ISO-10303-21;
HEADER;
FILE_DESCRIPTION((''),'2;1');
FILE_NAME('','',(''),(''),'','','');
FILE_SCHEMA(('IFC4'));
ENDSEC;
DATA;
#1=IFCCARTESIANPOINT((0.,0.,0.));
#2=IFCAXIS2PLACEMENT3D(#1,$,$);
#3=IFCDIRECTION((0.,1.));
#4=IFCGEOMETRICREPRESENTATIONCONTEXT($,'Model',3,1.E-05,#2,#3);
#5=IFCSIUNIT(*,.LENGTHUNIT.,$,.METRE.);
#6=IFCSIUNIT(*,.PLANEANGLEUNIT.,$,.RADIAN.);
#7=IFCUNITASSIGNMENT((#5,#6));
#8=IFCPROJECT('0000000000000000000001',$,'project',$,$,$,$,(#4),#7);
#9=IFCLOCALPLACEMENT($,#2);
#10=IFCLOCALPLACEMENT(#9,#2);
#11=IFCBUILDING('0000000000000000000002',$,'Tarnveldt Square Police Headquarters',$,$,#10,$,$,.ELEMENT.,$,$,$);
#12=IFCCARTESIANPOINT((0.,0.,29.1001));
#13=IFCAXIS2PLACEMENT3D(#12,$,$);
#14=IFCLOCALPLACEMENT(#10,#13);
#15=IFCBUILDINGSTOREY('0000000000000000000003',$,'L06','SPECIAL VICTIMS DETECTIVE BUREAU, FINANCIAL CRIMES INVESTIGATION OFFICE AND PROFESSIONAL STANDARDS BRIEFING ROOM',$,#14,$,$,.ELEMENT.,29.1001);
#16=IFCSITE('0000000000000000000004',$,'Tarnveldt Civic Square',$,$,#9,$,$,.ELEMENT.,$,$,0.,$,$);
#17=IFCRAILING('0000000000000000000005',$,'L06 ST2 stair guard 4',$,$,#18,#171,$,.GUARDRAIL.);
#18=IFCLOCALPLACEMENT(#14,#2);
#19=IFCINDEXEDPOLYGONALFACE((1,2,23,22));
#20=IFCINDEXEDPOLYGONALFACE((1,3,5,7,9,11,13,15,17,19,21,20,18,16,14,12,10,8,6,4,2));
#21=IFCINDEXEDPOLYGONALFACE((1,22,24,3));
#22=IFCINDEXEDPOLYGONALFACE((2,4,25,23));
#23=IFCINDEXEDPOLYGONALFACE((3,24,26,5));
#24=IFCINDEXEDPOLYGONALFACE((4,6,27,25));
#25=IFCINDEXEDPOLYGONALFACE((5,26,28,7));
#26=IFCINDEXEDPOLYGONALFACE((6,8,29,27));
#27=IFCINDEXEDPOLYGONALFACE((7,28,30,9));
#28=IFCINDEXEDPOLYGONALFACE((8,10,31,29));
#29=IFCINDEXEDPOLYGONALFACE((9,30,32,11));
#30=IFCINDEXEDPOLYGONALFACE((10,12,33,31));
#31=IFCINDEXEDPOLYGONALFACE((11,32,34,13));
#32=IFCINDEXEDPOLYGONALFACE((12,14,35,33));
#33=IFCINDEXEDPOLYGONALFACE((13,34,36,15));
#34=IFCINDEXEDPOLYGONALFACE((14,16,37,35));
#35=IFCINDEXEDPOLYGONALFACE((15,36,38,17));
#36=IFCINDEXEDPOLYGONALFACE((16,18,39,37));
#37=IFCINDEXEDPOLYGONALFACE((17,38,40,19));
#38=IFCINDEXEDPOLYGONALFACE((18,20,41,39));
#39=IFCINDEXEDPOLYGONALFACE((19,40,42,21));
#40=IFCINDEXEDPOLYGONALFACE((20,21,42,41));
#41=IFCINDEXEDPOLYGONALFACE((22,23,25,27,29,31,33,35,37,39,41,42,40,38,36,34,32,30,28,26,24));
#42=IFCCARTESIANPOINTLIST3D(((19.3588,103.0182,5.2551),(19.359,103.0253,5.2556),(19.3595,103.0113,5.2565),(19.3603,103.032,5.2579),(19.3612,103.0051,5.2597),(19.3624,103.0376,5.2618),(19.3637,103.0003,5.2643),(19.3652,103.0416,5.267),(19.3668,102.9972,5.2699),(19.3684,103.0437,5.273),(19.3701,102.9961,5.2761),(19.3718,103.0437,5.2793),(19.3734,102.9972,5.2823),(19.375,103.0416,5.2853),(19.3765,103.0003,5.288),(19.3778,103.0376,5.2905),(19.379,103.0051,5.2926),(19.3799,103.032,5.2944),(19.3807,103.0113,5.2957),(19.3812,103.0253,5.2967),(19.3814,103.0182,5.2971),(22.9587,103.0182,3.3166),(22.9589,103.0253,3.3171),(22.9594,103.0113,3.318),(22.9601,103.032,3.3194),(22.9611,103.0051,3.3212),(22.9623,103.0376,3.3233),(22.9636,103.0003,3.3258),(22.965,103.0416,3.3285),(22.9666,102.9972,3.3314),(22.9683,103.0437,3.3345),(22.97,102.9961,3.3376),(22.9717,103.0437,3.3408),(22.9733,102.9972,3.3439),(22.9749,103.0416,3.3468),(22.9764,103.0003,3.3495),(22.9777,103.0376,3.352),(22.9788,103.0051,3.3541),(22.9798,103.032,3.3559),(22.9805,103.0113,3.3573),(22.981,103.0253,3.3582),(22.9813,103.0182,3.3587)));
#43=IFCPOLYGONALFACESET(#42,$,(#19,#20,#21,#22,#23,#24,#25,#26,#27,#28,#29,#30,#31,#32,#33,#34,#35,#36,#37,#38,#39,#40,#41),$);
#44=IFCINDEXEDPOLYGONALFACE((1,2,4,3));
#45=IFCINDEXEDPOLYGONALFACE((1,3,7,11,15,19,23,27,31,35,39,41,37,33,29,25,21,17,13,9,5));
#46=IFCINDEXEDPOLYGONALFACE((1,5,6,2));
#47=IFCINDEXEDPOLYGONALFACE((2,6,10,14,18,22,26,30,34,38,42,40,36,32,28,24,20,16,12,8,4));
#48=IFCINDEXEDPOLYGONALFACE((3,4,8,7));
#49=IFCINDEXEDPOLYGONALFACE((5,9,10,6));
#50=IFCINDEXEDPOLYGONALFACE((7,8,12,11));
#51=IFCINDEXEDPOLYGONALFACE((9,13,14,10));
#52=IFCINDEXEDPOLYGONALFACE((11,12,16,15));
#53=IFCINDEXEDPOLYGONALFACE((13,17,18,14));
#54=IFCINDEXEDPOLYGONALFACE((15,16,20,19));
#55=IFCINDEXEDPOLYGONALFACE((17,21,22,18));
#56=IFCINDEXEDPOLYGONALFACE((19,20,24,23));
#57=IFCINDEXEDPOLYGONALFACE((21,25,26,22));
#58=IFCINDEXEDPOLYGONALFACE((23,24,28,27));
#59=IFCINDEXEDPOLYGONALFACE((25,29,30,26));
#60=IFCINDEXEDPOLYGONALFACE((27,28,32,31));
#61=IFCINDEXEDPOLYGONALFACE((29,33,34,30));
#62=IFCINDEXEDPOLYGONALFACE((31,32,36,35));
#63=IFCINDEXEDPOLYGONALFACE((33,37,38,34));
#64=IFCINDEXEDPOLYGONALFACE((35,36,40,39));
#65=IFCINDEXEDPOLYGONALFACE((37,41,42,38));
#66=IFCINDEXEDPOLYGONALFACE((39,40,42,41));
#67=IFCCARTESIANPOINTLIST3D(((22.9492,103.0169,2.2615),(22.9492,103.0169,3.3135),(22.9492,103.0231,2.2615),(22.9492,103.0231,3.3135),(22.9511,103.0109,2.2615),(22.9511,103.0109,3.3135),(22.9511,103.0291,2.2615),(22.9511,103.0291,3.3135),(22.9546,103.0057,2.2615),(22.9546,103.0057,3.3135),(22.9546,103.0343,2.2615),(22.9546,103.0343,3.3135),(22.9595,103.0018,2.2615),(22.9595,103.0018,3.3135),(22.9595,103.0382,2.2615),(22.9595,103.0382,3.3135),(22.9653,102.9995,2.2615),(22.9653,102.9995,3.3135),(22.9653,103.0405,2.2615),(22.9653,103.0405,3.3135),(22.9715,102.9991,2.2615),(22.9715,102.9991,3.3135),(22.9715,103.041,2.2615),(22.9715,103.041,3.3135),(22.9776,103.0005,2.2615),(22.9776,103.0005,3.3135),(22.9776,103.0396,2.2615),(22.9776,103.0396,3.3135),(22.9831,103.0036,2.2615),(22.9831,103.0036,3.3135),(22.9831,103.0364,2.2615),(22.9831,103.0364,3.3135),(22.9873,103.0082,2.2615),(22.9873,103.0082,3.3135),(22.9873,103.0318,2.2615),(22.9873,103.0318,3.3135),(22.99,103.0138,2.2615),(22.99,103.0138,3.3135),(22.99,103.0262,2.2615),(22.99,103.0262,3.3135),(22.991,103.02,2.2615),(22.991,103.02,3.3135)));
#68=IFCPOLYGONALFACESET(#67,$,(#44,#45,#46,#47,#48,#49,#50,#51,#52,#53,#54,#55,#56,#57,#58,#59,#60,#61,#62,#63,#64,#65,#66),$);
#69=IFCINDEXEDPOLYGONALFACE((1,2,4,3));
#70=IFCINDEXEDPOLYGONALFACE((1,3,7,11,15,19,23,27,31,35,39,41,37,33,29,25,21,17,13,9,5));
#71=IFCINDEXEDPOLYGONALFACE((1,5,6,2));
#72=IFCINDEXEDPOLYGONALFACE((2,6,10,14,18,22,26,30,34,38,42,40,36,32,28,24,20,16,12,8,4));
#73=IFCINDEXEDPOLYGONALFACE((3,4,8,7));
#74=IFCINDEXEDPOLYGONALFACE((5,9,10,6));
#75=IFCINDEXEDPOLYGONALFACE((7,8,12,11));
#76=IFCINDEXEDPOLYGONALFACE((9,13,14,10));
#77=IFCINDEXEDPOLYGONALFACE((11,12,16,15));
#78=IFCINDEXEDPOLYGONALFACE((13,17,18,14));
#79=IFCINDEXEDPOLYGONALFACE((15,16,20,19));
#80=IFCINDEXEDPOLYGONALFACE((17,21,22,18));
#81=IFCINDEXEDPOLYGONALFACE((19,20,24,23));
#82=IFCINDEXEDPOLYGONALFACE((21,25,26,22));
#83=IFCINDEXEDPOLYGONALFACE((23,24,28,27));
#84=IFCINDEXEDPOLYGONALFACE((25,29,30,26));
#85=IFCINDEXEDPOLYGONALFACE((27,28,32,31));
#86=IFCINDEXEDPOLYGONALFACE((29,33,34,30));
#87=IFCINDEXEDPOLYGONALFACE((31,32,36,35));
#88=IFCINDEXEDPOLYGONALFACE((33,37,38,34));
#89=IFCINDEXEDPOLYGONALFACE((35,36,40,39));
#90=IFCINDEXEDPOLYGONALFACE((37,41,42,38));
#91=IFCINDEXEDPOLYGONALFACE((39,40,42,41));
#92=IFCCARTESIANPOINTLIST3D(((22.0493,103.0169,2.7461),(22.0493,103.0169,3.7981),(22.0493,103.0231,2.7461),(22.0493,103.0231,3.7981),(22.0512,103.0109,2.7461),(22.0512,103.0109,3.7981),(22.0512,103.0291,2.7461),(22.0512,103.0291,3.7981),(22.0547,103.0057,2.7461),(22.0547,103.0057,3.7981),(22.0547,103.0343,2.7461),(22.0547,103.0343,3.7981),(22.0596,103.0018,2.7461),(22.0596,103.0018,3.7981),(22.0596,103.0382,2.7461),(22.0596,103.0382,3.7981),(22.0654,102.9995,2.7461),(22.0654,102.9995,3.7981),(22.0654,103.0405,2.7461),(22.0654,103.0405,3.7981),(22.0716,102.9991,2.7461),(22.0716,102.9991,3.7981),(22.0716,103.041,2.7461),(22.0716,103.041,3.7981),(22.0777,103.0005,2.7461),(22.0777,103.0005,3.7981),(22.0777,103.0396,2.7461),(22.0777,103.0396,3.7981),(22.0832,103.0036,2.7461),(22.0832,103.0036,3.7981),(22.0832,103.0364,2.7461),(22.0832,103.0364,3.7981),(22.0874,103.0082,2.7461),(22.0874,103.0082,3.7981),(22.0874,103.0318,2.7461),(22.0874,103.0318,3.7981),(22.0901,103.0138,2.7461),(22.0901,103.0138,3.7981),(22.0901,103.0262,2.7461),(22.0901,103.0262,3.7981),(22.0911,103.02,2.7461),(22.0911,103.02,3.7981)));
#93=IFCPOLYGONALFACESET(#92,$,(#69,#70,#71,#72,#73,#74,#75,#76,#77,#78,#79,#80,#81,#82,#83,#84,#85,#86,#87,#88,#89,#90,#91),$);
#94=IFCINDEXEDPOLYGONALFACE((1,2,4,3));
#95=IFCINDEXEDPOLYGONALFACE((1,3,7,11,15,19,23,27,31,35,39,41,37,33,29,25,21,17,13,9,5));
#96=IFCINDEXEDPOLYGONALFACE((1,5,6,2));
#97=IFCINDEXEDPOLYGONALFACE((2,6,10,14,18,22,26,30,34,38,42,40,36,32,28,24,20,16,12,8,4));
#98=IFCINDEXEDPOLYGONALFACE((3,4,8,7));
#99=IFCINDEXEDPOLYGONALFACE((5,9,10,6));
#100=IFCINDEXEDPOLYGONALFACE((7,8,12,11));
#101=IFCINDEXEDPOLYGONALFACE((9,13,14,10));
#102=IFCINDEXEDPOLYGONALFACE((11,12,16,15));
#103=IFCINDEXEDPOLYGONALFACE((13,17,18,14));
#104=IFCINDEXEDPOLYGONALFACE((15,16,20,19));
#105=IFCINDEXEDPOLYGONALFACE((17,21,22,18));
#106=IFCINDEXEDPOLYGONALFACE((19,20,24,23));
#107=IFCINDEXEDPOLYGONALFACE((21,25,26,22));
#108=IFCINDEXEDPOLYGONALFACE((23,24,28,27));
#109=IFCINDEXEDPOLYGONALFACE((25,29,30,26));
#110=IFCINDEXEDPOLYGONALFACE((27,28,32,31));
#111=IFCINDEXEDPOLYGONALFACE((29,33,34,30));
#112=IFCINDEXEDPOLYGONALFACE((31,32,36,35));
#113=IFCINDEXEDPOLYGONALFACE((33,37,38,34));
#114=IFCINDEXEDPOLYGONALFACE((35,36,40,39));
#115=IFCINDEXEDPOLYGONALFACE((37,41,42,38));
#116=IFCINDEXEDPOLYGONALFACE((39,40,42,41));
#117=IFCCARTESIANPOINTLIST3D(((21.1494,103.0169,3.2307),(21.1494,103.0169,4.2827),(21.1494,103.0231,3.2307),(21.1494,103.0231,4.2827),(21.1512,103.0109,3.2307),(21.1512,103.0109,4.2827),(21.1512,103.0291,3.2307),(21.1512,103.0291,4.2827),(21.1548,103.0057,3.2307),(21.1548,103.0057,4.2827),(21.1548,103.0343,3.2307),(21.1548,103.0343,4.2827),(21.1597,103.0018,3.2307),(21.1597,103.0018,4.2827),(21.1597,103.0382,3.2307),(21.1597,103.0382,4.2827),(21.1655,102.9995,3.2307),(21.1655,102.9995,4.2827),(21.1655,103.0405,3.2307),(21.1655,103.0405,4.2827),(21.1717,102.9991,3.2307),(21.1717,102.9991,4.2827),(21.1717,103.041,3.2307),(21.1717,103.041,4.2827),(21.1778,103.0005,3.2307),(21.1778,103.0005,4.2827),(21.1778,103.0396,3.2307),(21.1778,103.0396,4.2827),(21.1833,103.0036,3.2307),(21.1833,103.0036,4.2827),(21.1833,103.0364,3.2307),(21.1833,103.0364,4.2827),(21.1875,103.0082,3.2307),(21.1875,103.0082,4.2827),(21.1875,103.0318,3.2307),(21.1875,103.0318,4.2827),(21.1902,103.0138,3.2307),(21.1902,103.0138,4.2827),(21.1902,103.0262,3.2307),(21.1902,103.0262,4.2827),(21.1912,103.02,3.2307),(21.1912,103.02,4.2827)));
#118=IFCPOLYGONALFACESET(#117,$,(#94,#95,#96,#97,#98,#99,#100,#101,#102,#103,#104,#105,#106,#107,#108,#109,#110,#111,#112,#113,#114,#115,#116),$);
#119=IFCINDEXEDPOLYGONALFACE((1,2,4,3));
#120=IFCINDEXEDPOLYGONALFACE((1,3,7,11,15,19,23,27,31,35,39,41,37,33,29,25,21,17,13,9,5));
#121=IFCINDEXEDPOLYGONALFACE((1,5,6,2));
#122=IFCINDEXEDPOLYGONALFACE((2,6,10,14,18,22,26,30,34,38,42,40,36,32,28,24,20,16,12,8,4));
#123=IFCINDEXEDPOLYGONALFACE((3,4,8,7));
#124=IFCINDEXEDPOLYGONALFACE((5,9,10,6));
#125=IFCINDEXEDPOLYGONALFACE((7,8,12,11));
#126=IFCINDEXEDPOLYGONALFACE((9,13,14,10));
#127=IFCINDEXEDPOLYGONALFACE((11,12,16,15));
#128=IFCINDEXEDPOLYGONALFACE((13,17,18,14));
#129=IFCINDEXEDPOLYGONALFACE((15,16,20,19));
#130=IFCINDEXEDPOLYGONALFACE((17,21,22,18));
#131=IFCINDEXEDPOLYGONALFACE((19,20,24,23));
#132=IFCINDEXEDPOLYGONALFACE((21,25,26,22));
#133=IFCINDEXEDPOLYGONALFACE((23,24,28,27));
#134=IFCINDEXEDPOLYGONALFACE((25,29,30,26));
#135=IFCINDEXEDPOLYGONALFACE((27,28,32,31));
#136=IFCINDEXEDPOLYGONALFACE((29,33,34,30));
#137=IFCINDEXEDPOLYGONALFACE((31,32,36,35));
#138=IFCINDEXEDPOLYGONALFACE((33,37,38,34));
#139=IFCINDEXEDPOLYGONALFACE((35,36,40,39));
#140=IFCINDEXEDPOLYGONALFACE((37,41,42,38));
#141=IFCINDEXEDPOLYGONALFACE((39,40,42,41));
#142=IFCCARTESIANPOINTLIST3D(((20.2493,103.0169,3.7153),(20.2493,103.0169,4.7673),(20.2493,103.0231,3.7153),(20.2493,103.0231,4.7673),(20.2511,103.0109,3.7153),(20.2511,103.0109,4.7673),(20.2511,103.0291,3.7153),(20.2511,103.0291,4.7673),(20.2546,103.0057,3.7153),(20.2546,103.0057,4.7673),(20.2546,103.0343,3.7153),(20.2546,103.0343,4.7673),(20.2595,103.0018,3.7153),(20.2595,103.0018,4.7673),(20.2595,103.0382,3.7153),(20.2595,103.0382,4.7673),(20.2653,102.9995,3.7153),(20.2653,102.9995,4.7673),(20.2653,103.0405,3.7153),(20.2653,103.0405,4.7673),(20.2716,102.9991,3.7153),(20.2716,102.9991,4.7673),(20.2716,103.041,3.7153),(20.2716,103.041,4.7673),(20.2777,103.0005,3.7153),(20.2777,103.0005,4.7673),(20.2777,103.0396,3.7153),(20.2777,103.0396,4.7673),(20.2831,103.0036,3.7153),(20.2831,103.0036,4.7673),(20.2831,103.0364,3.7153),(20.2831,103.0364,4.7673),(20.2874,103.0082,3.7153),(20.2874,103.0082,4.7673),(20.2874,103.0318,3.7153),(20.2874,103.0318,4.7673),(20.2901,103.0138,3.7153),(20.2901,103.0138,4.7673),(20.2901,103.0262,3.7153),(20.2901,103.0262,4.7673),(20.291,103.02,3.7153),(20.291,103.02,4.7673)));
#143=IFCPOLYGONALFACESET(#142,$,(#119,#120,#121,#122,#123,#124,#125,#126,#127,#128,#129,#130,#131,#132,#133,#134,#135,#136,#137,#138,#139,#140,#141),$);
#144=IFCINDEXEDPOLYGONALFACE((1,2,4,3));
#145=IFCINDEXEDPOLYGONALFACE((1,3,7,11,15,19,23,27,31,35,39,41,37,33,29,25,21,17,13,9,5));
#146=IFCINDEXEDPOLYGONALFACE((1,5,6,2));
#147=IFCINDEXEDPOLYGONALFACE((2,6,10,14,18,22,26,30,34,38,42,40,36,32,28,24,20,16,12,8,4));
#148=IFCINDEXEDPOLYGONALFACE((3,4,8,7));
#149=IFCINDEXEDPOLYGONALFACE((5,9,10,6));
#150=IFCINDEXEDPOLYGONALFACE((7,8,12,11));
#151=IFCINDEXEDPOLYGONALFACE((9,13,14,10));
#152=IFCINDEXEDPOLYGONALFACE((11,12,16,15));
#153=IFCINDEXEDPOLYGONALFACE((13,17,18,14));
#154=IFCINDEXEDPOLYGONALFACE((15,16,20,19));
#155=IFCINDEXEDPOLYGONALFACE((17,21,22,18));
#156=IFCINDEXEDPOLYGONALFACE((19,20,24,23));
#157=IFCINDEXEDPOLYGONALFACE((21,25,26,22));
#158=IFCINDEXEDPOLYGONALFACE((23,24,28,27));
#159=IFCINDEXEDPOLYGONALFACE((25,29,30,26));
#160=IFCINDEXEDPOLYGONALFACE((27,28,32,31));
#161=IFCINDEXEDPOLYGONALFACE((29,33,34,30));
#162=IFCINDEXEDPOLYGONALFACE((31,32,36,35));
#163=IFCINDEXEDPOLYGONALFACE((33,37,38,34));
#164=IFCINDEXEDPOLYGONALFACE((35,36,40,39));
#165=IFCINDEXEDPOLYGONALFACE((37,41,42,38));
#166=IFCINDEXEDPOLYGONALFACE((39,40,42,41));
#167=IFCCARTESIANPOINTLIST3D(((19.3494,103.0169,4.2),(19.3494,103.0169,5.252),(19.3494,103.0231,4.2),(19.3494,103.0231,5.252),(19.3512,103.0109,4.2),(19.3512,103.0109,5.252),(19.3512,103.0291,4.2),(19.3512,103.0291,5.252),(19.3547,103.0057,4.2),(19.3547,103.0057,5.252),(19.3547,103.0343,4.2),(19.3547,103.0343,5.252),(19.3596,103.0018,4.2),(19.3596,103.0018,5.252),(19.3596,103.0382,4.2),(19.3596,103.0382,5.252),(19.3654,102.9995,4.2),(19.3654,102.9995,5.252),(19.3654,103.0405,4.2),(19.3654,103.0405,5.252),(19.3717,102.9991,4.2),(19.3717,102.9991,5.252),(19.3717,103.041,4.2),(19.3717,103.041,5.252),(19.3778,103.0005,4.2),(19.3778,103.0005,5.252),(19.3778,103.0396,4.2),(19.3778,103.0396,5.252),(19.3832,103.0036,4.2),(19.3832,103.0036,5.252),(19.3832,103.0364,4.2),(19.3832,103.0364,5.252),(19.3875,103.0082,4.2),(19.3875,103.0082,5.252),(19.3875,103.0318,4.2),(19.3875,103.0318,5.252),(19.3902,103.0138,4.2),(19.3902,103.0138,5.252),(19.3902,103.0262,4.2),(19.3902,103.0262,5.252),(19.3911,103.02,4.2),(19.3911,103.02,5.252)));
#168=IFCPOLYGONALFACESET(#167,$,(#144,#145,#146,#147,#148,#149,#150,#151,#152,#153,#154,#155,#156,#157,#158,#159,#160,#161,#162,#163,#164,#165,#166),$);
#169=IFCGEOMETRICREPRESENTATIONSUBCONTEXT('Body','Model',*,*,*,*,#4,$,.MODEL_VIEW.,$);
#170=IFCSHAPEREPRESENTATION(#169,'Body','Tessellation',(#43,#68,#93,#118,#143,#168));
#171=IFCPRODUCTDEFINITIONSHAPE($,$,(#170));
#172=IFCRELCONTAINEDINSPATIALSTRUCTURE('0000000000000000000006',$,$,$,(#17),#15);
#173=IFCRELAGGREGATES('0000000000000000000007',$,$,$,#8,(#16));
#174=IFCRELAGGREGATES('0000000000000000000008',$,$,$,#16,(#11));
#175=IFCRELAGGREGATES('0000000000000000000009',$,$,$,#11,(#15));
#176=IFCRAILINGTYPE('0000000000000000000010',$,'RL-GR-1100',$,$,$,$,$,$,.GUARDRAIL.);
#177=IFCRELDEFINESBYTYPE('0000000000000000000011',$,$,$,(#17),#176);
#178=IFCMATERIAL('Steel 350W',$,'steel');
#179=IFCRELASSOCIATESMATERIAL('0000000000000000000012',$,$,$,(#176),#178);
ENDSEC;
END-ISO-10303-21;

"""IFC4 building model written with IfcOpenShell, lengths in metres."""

from ifc_helpers import new_model, si_unit, direction, frame, origin, origin_2d, place, context, subcontext, project, spatial, circle, extrude, material, type_object, element, save


model = new_model("IFC4")

# Units and contexts
model_context = context("Model", 3, precision=1e-05, world=origin(), true_north=direction((0.0, 1.0)))
body_context = subcontext(model_context, "Body", "Model", "MODEL_VIEW")
ifc_project = project(units=[si_unit("LENGTHUNIT", "METRE"), si_unit("PLANEANGLEUNIT", "RADIAN")], contexts=[model_context])

# Site, building, storey
site_placement = place(None, origin())
site = spatial("IfcSite", under=ifc_project, at=site_placement, Name="Tarnveldt Civic Square", CompositionType="ELEMENT", RefElevation=0.0)
building_placement = place(site_placement, origin())
building = spatial("IfcBuilding", under=site, at=building_placement, Name="Tarnveldt Square Police Headquarters", CompositionType="ELEMENT")
storey_placement = place(building_placement, frame((0.0, 0.0, 29.1001)))
storey = spatial("IfcBuildingStorey", under=building, at=storey_placement, Name="L06", Description="SPECIAL VICTIMS DETECTIVE BUREAU, FINANCIAL CRIMES INVESTIGATION OFFICE AND PROFESSIONAL STANDARDS BRIEFING ROOM", CompositionType="ELEMENT", Elevation=29.1001)

# Shared definitions
ifc_material_1 = material(Name="Steel 350W", Category="steel")

# Railing
railing_type_1 = type_object("IfcRailingType", Name="RL-GR-1100", PredefinedType="GUARDRAIL", material=ifc_material_1)
railing_1_placement = place(storey_placement, frame((22.97, 103.02, 2.2615)))
element("IfcRailing", 1, at=railing_1_placement, inside=storey, type_object=railing_type_1, Name="L06 ST2 stair guard 4", PredefinedType="GUARDRAIL", context=body_context, shape_type="SweptSolid", body=[
    extrude(circle(Radius=0.0239, at=origin_2d()), frame((0.0, 0.0, 1.0762), z_axis=(-0.880462, 0.0, 0.474118), x_axis=(0.0, -1.0, 0.0)), (0.0, 0.0, 1.0), 4.0886),
    extrude(circle(Radius=0.021, at=origin_2d()), origin(), (0.0, 0.0, 1.0), 1.052),
    extrude(circle(Radius=0.021, at=origin_2d()), frame((-0.8999, 0.0, 0.4846)), (0.0, 0.0, 1.0), 1.052),
    extrude(circle(Radius=0.021, at=origin_2d()), frame((-1.7998, 0.0, 0.9692)), (0.0, 0.0, 1.0), 1.052),
    extrude(circle(Radius=0.021, at=origin_2d()), frame((-2.7, 0.0, 1.4539)), (0.0, 0.0, 1.0), 1.052),
    extrude(circle(Radius=0.021, at=origin_2d()), frame((-3.5999, 0.0, 1.9385)), (0.0, 0.0, 1.0), 1.052),
])

save(model, "model.ifc")
